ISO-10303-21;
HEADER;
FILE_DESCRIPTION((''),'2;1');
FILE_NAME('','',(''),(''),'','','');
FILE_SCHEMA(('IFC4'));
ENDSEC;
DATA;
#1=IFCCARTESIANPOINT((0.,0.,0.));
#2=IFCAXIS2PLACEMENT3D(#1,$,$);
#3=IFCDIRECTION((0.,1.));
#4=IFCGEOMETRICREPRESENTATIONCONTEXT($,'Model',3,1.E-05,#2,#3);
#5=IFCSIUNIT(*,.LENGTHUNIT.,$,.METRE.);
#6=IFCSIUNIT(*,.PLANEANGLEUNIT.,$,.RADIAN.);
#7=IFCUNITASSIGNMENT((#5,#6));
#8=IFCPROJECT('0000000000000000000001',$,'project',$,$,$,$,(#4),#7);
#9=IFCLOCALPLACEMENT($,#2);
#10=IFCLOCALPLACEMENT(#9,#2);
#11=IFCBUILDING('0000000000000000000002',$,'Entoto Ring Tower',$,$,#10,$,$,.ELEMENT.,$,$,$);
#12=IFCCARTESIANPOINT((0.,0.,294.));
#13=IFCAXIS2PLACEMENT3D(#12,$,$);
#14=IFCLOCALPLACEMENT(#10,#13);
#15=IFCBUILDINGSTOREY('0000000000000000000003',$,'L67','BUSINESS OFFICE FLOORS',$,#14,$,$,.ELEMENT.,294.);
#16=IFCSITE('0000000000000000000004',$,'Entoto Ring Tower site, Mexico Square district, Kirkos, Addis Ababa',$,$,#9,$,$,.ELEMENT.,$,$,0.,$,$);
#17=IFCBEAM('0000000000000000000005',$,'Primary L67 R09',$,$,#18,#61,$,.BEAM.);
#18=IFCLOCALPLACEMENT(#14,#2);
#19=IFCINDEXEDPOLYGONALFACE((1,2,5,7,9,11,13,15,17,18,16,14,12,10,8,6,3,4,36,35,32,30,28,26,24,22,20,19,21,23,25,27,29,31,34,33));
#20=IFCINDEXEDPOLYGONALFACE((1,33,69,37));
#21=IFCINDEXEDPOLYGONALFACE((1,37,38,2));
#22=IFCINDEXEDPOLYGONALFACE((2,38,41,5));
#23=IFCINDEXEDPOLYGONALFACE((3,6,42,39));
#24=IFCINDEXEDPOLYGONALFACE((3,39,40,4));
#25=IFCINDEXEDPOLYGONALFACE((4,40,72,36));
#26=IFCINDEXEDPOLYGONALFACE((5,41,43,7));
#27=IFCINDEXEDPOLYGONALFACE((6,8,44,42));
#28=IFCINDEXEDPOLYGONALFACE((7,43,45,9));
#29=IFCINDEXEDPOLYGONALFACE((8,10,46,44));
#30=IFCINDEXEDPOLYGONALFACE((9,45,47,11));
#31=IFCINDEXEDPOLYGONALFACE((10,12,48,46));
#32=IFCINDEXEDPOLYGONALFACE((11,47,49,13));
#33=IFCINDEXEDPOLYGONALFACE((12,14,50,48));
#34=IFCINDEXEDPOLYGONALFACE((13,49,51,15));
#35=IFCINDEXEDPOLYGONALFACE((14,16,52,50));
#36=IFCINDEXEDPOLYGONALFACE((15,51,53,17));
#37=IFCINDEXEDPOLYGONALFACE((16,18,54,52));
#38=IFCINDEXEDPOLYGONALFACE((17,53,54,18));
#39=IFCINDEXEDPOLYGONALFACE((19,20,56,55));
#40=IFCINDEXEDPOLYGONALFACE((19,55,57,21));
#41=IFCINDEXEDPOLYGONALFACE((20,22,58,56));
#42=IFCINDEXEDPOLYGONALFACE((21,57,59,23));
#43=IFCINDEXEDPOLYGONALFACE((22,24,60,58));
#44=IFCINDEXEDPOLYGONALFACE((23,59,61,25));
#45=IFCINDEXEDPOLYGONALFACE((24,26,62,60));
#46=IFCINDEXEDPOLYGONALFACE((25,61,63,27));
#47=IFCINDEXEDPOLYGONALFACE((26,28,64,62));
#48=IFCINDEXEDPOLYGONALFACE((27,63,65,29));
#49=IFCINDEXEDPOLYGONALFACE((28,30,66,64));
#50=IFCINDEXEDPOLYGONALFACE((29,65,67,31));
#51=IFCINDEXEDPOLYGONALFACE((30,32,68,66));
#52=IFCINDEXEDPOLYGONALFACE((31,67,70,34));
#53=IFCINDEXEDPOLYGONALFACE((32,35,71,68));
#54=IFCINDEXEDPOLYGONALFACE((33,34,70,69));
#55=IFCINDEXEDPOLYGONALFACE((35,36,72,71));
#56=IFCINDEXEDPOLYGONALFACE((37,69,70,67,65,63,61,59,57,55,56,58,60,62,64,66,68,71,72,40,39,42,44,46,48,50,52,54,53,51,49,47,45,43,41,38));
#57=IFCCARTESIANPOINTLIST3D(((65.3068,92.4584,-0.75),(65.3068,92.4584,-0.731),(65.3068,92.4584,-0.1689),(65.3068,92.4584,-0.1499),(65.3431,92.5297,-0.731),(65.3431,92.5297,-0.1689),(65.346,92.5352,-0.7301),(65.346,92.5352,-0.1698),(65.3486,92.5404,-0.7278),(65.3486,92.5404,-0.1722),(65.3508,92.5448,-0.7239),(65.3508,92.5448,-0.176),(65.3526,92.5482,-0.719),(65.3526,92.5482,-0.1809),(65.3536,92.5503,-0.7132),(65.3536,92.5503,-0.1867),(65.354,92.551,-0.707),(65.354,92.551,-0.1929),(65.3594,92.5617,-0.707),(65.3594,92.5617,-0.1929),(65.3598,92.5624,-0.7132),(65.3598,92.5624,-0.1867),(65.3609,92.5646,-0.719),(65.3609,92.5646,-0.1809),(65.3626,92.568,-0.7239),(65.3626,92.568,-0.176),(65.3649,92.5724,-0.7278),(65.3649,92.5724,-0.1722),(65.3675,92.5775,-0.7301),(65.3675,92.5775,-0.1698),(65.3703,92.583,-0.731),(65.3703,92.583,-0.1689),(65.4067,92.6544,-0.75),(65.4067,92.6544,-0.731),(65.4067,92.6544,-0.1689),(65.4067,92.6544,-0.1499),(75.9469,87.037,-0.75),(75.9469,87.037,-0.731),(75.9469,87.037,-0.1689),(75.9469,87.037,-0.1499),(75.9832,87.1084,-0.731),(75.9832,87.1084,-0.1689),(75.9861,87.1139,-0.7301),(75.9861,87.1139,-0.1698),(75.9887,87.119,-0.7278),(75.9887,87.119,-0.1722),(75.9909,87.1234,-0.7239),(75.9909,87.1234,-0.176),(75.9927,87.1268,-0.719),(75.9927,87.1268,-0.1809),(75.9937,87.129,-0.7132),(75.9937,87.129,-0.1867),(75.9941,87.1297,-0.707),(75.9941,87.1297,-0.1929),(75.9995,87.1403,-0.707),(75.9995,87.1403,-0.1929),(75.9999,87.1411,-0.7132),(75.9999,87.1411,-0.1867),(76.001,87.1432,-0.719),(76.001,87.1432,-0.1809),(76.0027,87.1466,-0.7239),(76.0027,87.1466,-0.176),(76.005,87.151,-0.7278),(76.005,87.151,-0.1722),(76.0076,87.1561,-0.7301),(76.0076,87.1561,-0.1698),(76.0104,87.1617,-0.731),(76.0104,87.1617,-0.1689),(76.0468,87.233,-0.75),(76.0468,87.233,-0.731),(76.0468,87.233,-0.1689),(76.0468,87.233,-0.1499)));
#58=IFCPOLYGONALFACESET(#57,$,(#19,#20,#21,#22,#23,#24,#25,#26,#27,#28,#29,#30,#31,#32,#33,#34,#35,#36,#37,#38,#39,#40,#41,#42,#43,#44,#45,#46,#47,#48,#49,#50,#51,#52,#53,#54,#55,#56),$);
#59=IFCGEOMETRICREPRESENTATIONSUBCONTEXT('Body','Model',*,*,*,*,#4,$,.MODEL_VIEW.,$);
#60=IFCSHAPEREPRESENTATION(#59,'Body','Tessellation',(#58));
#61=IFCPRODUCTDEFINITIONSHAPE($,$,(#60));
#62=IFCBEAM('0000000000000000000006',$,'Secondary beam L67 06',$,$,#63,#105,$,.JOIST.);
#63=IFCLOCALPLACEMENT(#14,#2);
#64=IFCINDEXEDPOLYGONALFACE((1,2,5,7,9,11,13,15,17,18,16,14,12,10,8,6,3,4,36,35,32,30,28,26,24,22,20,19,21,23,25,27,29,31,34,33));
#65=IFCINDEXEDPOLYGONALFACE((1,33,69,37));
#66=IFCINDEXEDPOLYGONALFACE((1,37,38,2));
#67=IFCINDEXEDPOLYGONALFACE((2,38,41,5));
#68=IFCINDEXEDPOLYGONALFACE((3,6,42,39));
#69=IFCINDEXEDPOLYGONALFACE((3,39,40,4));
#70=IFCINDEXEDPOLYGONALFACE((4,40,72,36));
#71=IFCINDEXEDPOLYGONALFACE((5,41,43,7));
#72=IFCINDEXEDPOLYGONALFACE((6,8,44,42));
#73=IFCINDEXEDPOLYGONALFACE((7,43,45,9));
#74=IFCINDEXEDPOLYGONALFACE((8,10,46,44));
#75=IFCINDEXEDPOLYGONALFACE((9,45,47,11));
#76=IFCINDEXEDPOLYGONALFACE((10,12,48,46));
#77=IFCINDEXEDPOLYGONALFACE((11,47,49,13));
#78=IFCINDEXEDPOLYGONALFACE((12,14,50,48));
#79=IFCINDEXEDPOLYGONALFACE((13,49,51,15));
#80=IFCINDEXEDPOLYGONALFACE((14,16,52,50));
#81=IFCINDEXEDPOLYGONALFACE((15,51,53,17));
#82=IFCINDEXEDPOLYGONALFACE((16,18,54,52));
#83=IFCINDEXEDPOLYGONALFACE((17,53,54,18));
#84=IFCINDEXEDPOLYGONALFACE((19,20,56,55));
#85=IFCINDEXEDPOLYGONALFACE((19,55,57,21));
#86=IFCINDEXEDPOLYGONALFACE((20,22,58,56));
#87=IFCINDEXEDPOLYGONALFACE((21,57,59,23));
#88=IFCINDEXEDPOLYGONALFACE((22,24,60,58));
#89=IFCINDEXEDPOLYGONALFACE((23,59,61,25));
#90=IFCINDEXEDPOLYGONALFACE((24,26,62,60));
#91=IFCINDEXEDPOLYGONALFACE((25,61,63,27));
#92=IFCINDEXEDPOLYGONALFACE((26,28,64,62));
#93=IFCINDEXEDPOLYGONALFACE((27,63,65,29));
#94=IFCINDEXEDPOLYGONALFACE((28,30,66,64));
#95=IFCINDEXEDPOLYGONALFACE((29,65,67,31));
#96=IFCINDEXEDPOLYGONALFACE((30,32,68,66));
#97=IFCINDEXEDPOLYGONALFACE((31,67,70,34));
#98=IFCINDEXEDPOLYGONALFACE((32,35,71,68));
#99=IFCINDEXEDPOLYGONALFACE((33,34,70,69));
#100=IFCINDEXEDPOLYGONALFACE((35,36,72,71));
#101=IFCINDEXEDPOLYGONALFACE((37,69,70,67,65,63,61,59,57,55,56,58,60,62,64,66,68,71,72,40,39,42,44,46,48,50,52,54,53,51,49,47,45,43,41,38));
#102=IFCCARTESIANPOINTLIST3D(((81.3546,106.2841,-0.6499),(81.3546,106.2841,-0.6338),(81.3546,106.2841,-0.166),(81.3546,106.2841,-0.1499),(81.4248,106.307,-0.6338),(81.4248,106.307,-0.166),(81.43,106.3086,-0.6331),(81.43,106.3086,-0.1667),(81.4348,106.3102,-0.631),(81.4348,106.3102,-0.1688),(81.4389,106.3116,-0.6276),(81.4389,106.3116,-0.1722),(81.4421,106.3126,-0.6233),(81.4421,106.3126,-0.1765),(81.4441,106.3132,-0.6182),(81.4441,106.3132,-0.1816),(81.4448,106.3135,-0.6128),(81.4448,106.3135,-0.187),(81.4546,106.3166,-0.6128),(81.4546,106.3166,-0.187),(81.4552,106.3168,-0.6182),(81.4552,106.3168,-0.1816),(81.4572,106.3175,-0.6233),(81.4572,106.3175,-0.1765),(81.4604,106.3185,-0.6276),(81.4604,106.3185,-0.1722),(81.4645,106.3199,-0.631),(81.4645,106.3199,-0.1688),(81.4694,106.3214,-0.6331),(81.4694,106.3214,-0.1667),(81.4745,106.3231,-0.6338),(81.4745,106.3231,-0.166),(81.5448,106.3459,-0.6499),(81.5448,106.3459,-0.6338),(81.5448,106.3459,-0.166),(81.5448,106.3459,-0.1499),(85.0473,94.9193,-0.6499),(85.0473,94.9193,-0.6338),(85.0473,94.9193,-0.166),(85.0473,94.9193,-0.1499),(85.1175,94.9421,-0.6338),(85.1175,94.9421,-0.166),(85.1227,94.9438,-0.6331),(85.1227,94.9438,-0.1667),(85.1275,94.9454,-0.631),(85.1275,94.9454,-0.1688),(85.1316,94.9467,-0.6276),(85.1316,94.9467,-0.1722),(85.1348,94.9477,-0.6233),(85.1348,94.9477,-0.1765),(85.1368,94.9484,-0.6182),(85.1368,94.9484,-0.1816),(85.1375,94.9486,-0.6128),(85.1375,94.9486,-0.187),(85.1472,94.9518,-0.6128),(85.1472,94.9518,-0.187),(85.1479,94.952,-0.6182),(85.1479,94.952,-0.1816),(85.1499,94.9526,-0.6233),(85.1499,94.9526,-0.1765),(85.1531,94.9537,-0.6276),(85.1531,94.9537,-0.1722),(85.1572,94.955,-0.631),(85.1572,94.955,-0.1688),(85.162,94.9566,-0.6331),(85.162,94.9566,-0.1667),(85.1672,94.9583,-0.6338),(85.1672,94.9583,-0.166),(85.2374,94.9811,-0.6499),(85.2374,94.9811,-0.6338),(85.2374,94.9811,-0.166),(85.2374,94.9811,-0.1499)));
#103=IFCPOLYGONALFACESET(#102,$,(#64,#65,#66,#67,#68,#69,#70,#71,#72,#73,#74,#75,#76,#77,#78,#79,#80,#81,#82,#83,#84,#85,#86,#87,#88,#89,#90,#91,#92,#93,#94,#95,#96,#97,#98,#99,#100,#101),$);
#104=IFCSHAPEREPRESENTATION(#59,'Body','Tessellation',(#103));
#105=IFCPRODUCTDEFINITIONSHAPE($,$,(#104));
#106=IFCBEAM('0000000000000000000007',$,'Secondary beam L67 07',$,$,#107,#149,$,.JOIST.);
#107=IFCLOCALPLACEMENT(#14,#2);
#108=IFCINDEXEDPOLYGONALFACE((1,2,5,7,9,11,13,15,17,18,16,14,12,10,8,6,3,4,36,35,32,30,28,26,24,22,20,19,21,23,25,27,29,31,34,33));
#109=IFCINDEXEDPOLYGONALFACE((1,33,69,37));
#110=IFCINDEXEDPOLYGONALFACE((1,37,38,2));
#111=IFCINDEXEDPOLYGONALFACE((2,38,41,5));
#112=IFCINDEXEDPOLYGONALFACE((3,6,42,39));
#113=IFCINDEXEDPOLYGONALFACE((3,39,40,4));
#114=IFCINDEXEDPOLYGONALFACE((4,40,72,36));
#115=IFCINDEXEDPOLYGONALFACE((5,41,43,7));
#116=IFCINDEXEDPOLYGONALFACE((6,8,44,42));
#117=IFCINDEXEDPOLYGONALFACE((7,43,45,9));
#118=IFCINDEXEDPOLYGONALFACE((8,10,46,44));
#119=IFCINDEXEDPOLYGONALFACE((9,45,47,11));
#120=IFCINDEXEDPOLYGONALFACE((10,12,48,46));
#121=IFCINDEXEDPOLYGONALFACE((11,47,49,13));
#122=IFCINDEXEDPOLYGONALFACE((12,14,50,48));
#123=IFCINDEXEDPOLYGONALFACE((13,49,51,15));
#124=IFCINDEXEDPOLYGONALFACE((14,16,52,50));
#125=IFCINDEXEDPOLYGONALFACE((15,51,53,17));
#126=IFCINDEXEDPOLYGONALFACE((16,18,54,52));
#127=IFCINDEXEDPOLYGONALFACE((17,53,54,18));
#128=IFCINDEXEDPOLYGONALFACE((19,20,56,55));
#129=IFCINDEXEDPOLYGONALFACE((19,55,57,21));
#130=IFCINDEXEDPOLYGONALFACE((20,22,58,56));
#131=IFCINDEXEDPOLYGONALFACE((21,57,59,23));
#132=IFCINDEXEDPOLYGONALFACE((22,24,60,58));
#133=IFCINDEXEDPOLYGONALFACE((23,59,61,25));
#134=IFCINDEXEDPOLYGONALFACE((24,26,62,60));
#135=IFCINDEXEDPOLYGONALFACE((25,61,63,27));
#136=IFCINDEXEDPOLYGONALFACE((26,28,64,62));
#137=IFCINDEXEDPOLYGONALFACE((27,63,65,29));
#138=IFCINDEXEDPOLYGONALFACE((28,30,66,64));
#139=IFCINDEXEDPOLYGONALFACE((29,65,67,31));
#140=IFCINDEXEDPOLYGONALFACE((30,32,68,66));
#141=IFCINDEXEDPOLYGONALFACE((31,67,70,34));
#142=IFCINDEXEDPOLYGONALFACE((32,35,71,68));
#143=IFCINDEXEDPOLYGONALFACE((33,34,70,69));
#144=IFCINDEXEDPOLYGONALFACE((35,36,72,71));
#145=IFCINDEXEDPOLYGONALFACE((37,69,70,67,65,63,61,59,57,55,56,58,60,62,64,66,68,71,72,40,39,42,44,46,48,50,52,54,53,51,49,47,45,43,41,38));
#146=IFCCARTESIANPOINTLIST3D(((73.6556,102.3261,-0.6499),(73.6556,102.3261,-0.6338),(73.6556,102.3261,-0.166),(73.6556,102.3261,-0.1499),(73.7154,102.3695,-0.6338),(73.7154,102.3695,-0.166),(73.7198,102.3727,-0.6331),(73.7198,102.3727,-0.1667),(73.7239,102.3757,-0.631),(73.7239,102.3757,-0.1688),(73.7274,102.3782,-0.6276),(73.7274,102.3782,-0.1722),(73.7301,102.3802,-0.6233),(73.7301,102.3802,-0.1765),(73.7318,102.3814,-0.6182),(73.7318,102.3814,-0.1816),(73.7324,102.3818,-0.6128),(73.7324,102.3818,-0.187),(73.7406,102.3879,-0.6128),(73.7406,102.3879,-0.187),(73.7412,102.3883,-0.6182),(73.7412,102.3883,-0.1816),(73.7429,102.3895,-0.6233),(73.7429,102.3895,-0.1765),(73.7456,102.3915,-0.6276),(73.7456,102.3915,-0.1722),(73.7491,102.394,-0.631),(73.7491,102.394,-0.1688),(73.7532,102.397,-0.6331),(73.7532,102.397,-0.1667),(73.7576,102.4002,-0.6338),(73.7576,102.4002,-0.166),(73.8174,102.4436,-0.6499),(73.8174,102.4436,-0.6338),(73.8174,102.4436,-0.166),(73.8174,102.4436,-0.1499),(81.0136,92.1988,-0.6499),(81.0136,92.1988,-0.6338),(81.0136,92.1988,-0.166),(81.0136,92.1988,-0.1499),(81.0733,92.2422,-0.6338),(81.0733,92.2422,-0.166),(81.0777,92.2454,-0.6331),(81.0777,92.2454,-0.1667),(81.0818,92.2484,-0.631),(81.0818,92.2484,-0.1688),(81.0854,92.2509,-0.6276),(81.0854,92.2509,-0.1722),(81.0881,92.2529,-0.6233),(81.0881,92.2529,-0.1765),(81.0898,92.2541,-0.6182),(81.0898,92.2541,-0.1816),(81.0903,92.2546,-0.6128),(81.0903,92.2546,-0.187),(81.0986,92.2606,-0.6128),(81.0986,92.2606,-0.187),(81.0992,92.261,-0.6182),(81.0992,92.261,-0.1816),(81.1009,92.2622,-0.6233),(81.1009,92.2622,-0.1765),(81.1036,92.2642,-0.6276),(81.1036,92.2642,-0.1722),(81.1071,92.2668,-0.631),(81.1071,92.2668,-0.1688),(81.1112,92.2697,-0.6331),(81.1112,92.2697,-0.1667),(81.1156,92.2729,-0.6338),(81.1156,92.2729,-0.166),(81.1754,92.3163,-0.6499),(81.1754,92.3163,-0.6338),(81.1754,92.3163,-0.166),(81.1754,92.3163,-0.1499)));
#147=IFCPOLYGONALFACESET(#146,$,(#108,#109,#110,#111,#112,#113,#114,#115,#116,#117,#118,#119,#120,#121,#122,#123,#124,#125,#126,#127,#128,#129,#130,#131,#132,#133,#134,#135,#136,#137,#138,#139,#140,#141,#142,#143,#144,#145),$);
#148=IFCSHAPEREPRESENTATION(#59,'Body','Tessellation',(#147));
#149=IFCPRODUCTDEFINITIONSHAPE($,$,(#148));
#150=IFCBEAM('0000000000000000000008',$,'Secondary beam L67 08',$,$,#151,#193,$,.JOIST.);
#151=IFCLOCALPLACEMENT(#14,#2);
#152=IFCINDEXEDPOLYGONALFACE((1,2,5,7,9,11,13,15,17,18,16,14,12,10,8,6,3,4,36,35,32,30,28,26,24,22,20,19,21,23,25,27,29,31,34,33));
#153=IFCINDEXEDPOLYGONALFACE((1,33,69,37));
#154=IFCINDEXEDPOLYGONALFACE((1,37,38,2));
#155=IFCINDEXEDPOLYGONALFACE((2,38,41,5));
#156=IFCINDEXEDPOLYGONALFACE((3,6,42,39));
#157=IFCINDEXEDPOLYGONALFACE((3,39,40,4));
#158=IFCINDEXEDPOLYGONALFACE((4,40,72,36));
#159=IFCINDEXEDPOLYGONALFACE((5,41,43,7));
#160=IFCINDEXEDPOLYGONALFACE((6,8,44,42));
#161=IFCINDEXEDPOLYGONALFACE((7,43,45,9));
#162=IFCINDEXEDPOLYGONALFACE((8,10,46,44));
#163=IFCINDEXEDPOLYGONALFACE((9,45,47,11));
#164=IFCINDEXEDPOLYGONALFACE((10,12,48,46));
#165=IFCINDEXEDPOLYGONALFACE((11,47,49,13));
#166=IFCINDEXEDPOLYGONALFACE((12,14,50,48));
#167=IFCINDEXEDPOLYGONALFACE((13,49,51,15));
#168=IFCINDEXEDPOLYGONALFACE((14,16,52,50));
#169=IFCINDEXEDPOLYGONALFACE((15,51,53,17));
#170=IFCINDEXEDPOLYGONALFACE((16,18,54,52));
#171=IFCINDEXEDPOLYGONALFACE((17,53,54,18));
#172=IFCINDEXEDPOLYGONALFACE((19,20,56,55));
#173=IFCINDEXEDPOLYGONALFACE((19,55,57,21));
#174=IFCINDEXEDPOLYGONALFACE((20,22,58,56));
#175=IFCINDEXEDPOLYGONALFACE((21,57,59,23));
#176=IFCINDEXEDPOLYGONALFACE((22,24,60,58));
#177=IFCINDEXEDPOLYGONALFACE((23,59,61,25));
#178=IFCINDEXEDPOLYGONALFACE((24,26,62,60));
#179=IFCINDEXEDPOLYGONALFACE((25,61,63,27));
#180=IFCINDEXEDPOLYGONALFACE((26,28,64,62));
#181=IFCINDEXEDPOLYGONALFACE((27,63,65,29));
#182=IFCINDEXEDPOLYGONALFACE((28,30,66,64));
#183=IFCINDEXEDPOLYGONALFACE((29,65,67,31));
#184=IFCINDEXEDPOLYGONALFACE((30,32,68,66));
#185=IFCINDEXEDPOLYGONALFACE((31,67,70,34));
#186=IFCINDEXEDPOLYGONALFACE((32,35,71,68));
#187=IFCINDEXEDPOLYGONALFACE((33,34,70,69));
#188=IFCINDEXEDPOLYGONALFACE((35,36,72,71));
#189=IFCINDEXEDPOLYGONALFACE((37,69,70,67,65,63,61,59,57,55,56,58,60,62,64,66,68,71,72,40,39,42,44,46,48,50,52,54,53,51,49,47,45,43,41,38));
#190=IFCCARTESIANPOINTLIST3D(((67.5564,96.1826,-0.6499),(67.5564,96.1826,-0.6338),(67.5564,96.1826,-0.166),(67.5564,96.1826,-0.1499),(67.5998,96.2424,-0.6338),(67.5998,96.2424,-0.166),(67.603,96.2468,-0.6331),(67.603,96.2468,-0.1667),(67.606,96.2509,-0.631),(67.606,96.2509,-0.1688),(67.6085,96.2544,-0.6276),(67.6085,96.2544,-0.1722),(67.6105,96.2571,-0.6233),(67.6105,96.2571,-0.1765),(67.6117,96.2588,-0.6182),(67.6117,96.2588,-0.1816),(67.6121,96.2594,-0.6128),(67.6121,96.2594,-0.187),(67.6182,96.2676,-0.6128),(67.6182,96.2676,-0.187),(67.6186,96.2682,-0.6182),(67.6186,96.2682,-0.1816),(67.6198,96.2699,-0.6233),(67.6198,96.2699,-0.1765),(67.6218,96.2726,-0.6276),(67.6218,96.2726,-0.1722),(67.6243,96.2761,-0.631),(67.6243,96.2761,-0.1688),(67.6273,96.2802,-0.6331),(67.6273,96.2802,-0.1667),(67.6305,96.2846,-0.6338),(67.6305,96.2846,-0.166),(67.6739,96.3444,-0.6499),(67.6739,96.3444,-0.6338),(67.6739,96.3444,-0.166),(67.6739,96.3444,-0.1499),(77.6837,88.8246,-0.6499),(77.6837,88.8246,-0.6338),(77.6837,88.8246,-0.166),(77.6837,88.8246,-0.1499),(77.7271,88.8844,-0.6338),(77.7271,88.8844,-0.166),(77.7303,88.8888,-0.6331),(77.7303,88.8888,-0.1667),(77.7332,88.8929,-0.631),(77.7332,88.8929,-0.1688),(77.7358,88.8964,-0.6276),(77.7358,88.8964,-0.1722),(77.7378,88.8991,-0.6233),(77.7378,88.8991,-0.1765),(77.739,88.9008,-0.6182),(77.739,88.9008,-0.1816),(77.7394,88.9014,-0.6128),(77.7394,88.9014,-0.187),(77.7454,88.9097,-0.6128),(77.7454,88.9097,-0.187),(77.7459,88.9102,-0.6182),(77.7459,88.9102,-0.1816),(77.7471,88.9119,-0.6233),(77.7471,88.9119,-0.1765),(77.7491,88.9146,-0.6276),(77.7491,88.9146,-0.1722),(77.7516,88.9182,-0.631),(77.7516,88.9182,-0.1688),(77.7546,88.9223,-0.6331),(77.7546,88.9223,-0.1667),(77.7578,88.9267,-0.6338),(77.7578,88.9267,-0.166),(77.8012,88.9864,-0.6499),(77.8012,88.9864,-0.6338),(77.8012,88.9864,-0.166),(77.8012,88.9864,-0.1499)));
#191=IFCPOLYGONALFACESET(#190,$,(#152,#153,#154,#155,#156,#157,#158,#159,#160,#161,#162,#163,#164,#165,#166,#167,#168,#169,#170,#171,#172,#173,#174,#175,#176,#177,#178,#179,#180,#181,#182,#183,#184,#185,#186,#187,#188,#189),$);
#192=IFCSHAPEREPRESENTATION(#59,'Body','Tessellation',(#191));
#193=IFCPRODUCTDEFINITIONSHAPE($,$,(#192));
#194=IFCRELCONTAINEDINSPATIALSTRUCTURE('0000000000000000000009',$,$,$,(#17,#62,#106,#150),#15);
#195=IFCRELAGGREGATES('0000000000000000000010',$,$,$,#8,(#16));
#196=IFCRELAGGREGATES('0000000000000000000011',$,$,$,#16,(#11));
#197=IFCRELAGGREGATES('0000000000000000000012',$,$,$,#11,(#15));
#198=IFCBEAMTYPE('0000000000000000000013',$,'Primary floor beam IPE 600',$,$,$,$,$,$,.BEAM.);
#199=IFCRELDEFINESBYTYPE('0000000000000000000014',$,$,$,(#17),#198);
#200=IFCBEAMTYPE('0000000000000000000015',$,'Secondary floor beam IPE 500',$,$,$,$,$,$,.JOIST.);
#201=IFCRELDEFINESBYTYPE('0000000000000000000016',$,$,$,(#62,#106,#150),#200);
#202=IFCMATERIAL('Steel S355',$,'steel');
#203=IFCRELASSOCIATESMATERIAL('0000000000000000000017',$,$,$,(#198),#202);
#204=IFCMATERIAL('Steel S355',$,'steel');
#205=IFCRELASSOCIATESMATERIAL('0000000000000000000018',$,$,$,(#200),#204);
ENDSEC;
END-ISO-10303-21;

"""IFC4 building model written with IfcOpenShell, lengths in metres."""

from ifc_helpers import new_model, si_unit, direction, frame, origin, origin_2d, place, context, subcontext, project, spatial, i_section, extrude, material, material_profile, profile_set, type_object, element, save


model = new_model("IFC4")

# Units and contexts
model_context = context("Model", 3, precision=1e-05, world=origin(), true_north=direction((0.0, 1.0)))
body_context = subcontext(model_context, "Body", "Model", "MODEL_VIEW")
ifc_project = project(units=[si_unit("LENGTHUNIT", "METRE"), si_unit("PLANEANGLEUNIT", "RADIAN")], contexts=[model_context])

# Site, building, storey
site_placement = place(None, origin())
site = spatial("IfcSite", under=ifc_project, at=site_placement, Name="Entoto Ring Tower site, Mexico Square district, Kirkos, Addis Ababa", CompositionType="ELEMENT", RefElevation=0.0)
building_placement = place(site_placement, origin())
building = spatial("IfcBuilding", under=site, at=building_placement, Name="Entoto Ring Tower", CompositionType="ELEMENT")
storey_placement = place(building_placement, frame((0.0, 0.0, 294.0)))
storey = spatial("IfcBuildingStorey", under=building, at=storey_placement, Name="L67", Description="BUSINESS OFFICE FLOORS", CompositionType="ELEMENT", Elevation=294.0)

# Beams
ifc_material_1 = material(Name="Steel S355", Category="steel")
ifc_material_profile_1 = material_profile(ifc_material_1, i_section(OverallWidth=0.22, OverallDepth=0.6001, WebThickness=0.012, FlangeThickness=0.019, FilletRadius=0.0239, at=origin_2d()), Name="IPE 600")
ifc_profile_set_1 = profile_set([ifc_material_profile_1], Name="Steel S355")
beam_type_1 = type_object("IfcBeamType", Name="Primary floor beam IPE 600", PredefinedType="BEAM", material=ifc_profile_set_1)
beam_1_placement = place(storey_placement, frame((75.9968, 87.135, -0.45), z_axis=(-0.891008, 0.453988, 0.0), x_axis=(-0.453988, -0.891008, 0.0)))
element("IfcBeam", 1, at=beam_1_placement, inside=storey, type_object=beam_type_1, Name="Primary L67 R09", PredefinedType="BEAM", context=body_context, shape_type="SweptSolid", body=[
    extrude(i_section(OverallWidth=0.22, OverallDepth=0.6001, WebThickness=0.012, FlangeThickness=0.019, FilletRadius=0.0239, at=origin_2d()), origin(), (0.0, 0.0, 1.0), 11.9417),
])
ifc_material_2 = material(Name="Steel S355", Category="steel")
ifc_material_profile_2 = material_profile(ifc_material_2, i_section(OverallWidth=0.2, OverallDepth=0.5, WebThickness=0.0103, FlangeThickness=0.0161, FilletRadius=0.021, at=origin_2d()), Name="IPE 500")
ifc_profile_set_2 = profile_set([ifc_material_profile_2], Name="Steel S355")
beam_type_2 = type_object("IfcBeamType", Name="Secondary floor beam IPE 500", PredefinedType="JOIST", material=ifc_profile_set_2)
beam_2_placement = place(storey_placement, frame((85.1423, 94.9502, -0.3999), z_axis=(-0.309017, 0.951057, 0.0), x_axis=(-0.951057, -0.309017, 0.0)))
element("IfcBeam", 2, at=beam_2_placement, inside=storey, type_object=beam_type_2, Name="Secondary beam L67 06", PredefinedType="JOIST", context=body_context, shape_type="SweptSolid", body=[
    extrude(i_section(OverallWidth=0.2, OverallDepth=0.5, WebThickness=0.0103, FlangeThickness=0.0161, FilletRadius=0.021, at=origin_2d()), origin(), (0.0, 0.0, 1.0), 11.9497),
])
for number, where, z_axis, x_axis, name in (
    (3, (81.0945, 92.2576, -0.3999), (-0.587789, 0.809014, 0.0), (-0.809014, -0.587789, 0.0), "Secondary beam L67 07"),
    (4, (77.7424, 88.9055, -0.3999), (-0.809014, 0.587789, 0.0), (-0.587789, -0.809014, 0.0), "Secondary beam L67 08"),
):
    element("IfcBeam", number, at=place(storey_placement, frame(where, z_axis=z_axis, x_axis=x_axis)), inside=storey, type_object=beam_type_2, Name=name, PredefinedType="JOIST", context=body_context, shape_type="SweptSolid", body=[
        extrude(i_section(OverallWidth=0.2, OverallDepth=0.5, WebThickness=0.0103, FlangeThickness=0.0161, FilletRadius=0.021, at=origin_2d()), origin(), (0.0, 0.0, 1.0), 12.5181),
    ])

save(model, "model.ifc")
